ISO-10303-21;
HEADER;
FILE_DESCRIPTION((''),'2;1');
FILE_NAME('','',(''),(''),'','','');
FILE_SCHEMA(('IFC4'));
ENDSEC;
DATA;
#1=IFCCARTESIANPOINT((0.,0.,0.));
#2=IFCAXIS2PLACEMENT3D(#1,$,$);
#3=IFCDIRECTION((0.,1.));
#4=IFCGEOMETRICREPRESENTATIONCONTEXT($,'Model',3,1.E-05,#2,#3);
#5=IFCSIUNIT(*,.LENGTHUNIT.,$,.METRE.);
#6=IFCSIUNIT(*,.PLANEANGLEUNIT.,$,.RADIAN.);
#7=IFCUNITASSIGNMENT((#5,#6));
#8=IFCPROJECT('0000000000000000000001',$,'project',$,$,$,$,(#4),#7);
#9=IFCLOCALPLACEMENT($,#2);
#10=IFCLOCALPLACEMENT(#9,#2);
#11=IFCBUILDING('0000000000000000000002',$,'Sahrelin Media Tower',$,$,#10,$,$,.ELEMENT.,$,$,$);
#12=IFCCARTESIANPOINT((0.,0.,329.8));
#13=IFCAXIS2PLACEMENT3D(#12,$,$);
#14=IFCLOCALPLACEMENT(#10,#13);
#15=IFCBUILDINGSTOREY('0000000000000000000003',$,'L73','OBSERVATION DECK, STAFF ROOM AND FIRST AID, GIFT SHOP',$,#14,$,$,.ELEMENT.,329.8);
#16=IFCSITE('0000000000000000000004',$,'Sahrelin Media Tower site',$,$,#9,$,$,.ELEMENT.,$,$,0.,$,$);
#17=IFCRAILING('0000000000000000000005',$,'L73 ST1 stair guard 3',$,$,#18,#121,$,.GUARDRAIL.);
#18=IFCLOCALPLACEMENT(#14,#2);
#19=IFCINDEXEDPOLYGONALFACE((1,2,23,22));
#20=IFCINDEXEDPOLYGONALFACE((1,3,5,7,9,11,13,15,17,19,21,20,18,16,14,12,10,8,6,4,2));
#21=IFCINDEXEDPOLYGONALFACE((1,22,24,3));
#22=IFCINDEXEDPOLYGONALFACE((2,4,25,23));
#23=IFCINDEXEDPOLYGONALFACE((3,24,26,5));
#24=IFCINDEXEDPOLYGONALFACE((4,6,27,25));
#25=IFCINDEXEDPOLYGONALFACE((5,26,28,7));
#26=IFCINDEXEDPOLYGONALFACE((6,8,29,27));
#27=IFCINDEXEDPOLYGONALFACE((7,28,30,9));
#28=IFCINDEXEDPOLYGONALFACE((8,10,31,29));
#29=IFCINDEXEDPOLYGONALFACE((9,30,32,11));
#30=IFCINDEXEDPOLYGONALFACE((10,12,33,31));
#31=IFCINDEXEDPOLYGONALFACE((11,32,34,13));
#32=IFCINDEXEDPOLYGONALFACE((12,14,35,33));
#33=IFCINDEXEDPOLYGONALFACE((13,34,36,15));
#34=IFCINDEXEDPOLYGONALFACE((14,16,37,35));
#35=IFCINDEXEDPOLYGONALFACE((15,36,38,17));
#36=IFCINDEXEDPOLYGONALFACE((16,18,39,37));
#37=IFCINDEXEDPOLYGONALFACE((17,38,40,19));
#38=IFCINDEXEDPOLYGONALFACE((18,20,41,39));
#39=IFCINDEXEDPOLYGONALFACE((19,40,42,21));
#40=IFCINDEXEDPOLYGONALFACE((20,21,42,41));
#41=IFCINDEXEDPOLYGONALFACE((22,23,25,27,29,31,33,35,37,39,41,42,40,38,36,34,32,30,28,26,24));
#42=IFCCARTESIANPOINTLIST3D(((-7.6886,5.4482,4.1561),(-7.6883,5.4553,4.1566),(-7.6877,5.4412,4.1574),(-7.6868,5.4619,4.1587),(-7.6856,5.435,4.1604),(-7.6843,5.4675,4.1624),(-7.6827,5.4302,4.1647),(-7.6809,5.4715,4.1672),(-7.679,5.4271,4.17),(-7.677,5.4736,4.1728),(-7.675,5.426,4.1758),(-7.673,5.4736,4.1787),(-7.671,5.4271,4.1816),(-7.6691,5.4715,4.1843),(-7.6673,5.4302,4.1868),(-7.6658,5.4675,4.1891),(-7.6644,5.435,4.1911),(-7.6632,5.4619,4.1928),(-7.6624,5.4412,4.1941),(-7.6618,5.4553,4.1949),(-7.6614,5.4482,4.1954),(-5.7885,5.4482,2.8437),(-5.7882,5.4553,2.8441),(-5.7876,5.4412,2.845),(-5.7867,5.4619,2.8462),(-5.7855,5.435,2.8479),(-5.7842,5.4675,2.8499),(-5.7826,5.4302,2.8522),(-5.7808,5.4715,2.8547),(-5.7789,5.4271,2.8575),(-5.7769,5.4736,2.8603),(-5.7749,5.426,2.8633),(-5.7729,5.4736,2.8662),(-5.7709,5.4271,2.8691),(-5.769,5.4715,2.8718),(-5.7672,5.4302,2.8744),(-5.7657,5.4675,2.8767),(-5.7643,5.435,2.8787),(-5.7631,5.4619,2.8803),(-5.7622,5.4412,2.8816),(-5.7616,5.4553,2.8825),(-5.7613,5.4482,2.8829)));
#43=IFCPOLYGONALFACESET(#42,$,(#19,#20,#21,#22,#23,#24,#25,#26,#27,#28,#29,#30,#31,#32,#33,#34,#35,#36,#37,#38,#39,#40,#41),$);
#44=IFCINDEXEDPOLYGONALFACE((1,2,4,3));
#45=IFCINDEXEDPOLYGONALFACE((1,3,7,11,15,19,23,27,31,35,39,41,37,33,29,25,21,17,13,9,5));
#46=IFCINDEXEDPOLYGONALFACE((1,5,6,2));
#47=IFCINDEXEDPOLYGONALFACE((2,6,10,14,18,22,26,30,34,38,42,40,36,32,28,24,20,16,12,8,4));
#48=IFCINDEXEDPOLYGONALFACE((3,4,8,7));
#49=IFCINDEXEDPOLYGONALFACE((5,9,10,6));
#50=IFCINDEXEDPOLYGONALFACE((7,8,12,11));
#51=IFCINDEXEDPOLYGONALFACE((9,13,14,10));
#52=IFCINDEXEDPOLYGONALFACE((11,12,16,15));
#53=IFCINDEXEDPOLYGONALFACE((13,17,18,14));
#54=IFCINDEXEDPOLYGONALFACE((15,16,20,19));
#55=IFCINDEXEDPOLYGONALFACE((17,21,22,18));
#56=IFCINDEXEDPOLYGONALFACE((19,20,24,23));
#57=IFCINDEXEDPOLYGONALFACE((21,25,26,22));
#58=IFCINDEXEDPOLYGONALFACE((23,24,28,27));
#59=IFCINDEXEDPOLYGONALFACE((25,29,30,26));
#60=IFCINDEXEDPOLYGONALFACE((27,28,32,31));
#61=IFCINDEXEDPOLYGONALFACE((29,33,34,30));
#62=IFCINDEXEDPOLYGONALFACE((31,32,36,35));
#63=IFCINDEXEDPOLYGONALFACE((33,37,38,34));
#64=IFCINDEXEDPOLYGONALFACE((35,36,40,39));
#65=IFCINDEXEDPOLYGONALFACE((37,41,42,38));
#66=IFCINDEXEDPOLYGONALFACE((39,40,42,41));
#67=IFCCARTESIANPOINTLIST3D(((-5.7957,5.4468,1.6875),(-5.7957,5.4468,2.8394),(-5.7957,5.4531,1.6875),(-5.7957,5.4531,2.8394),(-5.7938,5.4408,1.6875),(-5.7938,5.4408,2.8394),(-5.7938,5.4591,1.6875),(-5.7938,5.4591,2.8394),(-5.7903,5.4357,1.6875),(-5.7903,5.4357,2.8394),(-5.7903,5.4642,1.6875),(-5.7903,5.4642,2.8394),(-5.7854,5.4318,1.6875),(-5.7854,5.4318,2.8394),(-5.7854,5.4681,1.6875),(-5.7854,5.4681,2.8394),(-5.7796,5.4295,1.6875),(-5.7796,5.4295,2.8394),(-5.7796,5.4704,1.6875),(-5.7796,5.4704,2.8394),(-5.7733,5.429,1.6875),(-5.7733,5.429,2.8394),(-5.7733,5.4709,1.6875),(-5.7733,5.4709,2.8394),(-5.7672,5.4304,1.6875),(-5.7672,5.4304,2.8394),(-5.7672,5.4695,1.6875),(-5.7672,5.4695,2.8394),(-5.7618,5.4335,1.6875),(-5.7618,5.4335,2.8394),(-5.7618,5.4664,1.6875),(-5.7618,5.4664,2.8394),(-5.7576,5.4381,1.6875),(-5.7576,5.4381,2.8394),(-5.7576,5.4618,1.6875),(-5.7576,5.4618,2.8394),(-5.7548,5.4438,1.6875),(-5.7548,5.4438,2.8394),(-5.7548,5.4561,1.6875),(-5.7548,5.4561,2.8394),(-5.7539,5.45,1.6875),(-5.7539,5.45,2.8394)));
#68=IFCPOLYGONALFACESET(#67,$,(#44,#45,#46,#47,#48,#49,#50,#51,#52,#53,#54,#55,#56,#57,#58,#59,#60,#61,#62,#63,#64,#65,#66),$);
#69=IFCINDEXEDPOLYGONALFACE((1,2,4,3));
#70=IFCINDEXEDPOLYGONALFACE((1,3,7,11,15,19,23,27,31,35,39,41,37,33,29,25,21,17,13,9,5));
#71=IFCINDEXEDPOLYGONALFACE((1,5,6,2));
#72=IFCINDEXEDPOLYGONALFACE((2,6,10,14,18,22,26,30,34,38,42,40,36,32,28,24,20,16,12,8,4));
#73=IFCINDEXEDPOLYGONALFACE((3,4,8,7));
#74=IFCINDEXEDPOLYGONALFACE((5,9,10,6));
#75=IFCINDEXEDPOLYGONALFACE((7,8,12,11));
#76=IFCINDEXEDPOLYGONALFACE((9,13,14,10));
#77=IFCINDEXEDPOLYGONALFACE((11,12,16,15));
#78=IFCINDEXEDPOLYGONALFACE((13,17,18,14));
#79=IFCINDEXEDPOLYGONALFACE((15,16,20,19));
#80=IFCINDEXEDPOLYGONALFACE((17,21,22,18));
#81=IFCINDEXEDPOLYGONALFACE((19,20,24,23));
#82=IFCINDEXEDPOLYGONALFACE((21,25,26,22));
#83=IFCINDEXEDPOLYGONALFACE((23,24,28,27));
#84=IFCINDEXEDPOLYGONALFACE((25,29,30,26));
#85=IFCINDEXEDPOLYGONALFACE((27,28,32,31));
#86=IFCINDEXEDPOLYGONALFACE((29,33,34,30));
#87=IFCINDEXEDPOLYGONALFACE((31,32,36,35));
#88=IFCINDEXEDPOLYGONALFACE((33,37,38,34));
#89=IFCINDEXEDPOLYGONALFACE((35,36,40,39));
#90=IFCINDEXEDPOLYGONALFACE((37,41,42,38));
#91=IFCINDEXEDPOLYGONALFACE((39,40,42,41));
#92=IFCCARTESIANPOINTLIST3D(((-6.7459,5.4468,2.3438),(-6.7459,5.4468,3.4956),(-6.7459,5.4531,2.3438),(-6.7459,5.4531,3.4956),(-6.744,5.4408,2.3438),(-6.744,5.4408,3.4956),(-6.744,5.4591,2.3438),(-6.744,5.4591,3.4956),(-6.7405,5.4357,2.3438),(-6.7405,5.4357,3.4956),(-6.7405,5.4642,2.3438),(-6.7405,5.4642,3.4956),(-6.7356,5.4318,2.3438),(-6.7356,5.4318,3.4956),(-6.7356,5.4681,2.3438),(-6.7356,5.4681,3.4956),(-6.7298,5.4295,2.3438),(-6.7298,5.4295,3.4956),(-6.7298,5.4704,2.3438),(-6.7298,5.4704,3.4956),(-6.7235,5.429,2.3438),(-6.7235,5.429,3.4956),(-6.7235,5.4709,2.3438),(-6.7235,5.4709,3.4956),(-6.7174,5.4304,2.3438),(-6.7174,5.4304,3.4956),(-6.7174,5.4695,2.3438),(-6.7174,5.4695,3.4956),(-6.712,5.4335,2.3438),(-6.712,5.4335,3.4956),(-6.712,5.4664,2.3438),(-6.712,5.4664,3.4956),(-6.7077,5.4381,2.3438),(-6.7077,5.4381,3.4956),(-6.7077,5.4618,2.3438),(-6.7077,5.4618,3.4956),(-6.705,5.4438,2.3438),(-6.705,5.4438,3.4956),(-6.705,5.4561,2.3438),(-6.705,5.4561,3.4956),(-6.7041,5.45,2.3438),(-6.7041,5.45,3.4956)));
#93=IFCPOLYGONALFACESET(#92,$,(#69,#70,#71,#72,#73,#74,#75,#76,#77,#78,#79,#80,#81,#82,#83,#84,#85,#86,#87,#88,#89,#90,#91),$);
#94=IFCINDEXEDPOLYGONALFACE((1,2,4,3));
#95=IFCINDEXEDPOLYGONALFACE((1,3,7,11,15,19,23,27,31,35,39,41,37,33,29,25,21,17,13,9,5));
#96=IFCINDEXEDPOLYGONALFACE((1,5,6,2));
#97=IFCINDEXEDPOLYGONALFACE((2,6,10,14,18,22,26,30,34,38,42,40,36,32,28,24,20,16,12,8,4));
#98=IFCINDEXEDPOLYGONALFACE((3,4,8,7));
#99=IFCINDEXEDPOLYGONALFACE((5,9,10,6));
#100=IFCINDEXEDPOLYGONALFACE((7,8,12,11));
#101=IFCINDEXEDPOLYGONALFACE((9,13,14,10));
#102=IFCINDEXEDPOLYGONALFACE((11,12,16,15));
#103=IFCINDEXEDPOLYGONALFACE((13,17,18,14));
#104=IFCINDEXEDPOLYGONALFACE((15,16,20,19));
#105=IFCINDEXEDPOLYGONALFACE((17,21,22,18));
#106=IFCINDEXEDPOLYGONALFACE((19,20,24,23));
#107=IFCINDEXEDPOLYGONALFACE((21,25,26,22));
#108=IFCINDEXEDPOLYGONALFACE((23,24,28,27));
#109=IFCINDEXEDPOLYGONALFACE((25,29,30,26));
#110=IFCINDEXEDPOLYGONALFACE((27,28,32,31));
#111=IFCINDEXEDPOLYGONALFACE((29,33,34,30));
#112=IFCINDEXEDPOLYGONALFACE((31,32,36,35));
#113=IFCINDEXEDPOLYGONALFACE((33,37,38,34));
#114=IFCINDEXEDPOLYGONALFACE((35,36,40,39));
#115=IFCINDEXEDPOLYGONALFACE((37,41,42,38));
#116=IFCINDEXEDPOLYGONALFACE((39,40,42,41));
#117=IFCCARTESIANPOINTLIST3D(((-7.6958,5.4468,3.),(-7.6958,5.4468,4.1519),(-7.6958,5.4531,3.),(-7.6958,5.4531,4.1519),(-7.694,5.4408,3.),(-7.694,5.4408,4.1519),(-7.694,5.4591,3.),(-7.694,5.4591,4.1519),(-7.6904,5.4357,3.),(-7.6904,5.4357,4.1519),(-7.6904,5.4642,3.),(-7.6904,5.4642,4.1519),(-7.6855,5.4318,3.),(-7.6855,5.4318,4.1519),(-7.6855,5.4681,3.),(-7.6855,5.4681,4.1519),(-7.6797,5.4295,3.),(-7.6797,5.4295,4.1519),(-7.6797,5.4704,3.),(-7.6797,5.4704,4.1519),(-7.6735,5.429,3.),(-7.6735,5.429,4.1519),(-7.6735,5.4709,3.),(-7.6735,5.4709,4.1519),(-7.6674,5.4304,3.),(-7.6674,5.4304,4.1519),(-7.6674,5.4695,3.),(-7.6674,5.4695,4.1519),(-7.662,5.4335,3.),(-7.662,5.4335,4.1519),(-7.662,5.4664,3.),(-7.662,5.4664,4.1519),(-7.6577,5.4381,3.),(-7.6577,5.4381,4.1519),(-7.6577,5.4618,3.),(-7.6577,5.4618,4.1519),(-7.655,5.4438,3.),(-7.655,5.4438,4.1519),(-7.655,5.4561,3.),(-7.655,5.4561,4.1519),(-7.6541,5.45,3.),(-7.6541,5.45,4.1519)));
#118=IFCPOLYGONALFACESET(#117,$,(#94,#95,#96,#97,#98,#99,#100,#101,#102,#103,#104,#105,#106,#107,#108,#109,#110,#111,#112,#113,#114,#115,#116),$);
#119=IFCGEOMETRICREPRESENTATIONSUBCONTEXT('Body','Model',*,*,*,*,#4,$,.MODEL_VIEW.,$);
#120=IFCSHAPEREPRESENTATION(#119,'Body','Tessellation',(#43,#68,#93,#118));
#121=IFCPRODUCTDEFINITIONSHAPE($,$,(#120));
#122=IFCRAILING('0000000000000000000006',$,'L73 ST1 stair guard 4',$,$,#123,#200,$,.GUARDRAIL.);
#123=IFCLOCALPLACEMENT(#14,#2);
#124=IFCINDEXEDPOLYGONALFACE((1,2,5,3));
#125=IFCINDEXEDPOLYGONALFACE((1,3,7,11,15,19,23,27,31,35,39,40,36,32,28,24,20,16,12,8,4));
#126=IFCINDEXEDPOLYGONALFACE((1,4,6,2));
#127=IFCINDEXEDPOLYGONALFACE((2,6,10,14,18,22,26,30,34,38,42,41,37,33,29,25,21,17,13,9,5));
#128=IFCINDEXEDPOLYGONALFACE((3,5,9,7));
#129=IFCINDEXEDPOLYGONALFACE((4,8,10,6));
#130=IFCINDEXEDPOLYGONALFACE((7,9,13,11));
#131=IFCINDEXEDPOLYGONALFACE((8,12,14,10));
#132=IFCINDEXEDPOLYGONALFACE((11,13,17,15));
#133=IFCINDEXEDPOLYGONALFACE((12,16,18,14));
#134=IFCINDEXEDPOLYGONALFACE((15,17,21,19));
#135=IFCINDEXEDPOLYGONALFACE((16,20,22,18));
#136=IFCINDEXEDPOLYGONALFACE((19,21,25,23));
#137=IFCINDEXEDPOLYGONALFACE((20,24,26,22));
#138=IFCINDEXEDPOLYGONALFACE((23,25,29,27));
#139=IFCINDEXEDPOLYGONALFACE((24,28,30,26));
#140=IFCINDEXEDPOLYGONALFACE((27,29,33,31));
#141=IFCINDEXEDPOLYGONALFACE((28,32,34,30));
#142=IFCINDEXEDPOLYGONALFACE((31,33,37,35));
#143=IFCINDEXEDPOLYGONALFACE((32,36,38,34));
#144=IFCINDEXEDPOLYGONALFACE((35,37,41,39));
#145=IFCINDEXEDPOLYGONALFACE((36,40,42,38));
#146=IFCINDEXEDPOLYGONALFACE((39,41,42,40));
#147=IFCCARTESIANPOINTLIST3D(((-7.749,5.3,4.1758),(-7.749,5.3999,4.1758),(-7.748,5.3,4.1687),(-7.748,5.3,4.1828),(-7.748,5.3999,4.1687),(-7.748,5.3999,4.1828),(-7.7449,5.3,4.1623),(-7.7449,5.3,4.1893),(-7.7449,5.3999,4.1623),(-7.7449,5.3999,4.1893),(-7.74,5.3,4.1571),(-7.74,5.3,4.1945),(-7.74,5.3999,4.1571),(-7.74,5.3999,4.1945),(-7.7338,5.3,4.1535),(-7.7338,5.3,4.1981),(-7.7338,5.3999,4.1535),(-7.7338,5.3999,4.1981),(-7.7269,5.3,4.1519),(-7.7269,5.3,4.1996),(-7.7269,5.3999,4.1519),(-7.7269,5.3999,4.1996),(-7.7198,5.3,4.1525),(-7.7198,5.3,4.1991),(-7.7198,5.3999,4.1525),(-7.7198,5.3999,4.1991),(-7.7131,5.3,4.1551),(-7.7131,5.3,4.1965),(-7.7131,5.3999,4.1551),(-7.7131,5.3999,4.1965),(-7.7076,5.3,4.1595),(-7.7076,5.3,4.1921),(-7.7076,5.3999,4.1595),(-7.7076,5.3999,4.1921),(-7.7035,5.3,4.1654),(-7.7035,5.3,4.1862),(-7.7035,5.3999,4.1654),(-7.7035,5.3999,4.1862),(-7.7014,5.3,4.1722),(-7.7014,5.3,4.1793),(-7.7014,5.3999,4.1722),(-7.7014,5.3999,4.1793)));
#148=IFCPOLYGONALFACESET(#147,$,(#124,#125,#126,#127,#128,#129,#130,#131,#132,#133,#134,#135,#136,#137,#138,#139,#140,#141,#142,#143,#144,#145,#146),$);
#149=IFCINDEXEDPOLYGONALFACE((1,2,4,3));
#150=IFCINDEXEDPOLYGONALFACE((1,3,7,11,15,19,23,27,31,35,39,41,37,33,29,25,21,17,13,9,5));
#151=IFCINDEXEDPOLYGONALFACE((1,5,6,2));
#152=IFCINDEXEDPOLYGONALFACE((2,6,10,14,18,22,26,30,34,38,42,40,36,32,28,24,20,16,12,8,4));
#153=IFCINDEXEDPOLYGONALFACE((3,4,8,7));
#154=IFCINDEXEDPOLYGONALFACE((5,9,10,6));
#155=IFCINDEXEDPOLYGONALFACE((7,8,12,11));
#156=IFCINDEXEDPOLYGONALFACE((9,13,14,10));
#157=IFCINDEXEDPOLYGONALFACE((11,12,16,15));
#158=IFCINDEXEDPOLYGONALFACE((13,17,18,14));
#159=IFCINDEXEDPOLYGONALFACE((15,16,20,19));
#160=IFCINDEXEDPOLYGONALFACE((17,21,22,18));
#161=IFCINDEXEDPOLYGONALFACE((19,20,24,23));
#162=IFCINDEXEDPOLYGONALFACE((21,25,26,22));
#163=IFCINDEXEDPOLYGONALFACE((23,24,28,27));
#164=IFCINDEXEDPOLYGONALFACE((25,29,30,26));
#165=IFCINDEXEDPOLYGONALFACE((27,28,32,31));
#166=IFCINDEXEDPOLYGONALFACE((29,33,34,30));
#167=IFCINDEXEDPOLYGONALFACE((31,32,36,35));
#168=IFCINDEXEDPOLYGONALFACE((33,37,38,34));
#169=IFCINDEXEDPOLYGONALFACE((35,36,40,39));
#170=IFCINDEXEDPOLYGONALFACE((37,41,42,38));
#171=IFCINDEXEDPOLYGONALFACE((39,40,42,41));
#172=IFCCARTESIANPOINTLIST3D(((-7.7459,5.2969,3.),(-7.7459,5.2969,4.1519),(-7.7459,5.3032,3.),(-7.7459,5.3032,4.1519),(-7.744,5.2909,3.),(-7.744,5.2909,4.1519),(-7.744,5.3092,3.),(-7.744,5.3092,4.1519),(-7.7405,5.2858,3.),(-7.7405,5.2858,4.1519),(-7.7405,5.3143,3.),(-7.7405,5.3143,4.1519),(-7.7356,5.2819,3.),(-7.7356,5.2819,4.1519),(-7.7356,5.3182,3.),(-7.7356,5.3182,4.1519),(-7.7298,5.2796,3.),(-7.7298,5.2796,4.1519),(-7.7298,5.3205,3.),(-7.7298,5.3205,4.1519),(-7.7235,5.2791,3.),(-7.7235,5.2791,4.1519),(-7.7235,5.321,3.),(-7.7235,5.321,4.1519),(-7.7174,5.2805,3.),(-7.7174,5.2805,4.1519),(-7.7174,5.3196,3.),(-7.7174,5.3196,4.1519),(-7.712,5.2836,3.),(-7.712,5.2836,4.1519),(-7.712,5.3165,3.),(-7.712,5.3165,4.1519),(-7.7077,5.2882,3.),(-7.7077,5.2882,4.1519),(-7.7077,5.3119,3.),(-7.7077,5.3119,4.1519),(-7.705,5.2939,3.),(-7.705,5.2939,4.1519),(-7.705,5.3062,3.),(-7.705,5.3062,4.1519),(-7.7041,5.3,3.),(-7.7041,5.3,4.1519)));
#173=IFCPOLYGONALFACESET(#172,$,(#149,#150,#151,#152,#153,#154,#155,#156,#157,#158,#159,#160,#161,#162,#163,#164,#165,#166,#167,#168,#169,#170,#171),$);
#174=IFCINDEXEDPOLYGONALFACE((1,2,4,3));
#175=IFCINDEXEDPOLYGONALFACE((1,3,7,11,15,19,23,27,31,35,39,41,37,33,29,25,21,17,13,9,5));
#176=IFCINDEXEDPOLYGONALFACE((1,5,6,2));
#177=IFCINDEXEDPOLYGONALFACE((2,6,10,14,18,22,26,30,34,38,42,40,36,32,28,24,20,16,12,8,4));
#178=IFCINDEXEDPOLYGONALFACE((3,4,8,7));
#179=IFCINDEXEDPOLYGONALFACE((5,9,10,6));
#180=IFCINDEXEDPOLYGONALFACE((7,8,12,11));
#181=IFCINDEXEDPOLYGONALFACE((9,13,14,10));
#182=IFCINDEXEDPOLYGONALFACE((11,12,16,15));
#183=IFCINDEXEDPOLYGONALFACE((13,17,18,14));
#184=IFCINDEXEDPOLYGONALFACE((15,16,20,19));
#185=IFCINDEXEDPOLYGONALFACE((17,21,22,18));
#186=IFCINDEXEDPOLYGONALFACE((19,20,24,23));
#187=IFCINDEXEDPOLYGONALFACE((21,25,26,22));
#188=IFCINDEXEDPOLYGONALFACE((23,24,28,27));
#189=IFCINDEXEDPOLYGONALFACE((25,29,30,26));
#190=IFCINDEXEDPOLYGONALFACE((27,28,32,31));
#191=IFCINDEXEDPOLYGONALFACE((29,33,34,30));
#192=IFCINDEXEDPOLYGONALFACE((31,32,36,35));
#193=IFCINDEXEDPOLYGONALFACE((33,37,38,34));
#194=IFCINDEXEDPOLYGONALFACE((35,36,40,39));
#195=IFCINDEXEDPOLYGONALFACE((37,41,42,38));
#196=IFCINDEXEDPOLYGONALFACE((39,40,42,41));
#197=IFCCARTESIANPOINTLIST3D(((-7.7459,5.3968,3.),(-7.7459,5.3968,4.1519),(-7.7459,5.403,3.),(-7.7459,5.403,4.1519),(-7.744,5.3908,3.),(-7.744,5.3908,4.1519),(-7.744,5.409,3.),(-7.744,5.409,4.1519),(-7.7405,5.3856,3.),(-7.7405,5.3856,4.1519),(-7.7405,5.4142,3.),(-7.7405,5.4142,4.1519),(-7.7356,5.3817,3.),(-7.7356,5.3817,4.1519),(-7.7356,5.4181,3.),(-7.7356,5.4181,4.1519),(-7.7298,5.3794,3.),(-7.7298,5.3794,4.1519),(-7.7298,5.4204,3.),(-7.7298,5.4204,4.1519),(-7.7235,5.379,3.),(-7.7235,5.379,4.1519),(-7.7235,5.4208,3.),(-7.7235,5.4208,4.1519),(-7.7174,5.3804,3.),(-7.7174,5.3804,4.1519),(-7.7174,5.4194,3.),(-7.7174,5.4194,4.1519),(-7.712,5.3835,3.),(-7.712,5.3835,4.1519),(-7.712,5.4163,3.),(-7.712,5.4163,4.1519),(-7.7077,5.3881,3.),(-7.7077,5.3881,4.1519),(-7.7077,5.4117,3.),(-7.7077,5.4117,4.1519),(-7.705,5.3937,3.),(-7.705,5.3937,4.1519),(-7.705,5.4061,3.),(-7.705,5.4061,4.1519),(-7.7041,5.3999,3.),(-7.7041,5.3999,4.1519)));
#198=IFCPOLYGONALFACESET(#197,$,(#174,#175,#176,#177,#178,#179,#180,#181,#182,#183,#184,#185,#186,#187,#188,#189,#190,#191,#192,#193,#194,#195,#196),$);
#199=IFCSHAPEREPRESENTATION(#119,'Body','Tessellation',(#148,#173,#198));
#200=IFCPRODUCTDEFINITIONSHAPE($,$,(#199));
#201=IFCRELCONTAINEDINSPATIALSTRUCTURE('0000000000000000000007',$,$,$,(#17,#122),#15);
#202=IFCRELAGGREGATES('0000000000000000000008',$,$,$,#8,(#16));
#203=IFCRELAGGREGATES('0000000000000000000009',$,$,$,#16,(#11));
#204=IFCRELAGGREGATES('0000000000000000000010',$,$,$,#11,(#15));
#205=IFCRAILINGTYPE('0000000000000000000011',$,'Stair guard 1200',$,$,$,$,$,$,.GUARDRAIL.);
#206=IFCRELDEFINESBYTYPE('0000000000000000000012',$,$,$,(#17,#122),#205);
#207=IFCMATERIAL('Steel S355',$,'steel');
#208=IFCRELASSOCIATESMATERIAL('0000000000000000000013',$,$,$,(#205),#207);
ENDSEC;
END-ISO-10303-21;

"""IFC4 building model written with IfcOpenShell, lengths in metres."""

from ifc_helpers import new_model, si_unit, direction, frame, origin, origin_2d, place, context, subcontext, project, spatial, circle, extrude, material, type_object, element, save


model = new_model("IFC4")

# Units and contexts
model_context = context("Model", 3, precision=1e-05, world=origin(), true_north=direction((0.0, 1.0)))
body_context = subcontext(model_context, "Body", "Model", "MODEL_VIEW")
ifc_project = project(units=[si_unit("LENGTHUNIT", "METRE"), si_unit("PLANEANGLEUNIT", "RADIAN")], contexts=[model_context])

# Site, building, storey
site_placement = place(None, origin())
site = spatial("IfcSite", under=ifc_project, at=site_placement, Name="Sahrelin Media Tower site", CompositionType="ELEMENT", RefElevation=0.0)
building_placement = place(site_placement, origin())
building = spatial("IfcBuilding", under=site, at=building_placement, Name="Sahrelin Media Tower", CompositionType="ELEMENT")
storey_placement = place(building_placement, frame((0.0, 0.0, 329.8)))
storey = spatial("IfcBuildingStorey", under=building, at=storey_placement, Name="L73", Description="OBSERVATION DECK, STAFF ROOM AND FIRST AID, GIFT SHOP", CompositionType="ELEMENT", Elevation=329.8)

# Shared definitions
ifc_material_1 = material(Name="Steel S355", Category="steel")

# Railings
railing_type_1 = type_object("IfcRailingType", Name="Stair guard 1200", PredefinedType="GUARDRAIL", material=ifc_material_1)
railing_1_placement = place(storey_placement, frame((-5.7749, 5.45, 1.6875)))
element("IfcRailing", 1, at=railing_1_placement, inside=storey, type_object=railing_type_1, Name="L73 ST1 stair guard 3", PredefinedType="GUARDRAIL", context=body_context, shape_type="SweptSolid", body=[
    extrude(circle(Radius=0.0239, at=origin_2d()), frame((0.0, 0.0, 1.1758), z_axis=(-0.822797, 0.0, 0.568336), x_axis=(0.0, -1.0, 0.0)), (0.0, 0.0, 1.0), 2.3093),
    extrude(circle(Radius=0.021, at=origin_2d()), origin(), (0.0, 0.0, 1.0), 1.1519),
    extrude(circle(Radius=0.021, at=origin_2d()), frame((-0.9502, 0.0, 0.6562)), (0.0, 0.0, 1.0), 1.1519),
    extrude(circle(Radius=0.021, at=origin_2d()), frame((-1.9001, 0.0, 1.3125)), (0.0, 0.0, 1.0), 1.1519),
])
railing_2_placement = place(storey_placement, frame((-7.7251, 5.3, 3.0)))
element("IfcRailing", 2, at=railing_2_placement, inside=storey, type_object=railing_type_1, Name="L73 ST1 stair guard 4", PredefinedType="GUARDRAIL", context=body_context, shape_type="SweptSolid", body=[
    extrude(circle(Radius=0.0239, at=origin_2d()), frame((0.0, 0.0, 1.1758), z_axis=(0.0, 1.0, 0.0), x_axis=(-1.0, 0.0, 0.0)), (0.0, 0.0, 1.0), 0.0999),
    extrude(circle(Radius=0.021, at=origin_2d()), origin(), (0.0, 0.0, 1.0), 1.1519),
    extrude(circle(Radius=0.021, at=origin_2d()), frame((0.0, 0.0999, 0.0)), (0.0, 0.0, 1.0), 1.1519),
])

save(model, "model.ifc")
